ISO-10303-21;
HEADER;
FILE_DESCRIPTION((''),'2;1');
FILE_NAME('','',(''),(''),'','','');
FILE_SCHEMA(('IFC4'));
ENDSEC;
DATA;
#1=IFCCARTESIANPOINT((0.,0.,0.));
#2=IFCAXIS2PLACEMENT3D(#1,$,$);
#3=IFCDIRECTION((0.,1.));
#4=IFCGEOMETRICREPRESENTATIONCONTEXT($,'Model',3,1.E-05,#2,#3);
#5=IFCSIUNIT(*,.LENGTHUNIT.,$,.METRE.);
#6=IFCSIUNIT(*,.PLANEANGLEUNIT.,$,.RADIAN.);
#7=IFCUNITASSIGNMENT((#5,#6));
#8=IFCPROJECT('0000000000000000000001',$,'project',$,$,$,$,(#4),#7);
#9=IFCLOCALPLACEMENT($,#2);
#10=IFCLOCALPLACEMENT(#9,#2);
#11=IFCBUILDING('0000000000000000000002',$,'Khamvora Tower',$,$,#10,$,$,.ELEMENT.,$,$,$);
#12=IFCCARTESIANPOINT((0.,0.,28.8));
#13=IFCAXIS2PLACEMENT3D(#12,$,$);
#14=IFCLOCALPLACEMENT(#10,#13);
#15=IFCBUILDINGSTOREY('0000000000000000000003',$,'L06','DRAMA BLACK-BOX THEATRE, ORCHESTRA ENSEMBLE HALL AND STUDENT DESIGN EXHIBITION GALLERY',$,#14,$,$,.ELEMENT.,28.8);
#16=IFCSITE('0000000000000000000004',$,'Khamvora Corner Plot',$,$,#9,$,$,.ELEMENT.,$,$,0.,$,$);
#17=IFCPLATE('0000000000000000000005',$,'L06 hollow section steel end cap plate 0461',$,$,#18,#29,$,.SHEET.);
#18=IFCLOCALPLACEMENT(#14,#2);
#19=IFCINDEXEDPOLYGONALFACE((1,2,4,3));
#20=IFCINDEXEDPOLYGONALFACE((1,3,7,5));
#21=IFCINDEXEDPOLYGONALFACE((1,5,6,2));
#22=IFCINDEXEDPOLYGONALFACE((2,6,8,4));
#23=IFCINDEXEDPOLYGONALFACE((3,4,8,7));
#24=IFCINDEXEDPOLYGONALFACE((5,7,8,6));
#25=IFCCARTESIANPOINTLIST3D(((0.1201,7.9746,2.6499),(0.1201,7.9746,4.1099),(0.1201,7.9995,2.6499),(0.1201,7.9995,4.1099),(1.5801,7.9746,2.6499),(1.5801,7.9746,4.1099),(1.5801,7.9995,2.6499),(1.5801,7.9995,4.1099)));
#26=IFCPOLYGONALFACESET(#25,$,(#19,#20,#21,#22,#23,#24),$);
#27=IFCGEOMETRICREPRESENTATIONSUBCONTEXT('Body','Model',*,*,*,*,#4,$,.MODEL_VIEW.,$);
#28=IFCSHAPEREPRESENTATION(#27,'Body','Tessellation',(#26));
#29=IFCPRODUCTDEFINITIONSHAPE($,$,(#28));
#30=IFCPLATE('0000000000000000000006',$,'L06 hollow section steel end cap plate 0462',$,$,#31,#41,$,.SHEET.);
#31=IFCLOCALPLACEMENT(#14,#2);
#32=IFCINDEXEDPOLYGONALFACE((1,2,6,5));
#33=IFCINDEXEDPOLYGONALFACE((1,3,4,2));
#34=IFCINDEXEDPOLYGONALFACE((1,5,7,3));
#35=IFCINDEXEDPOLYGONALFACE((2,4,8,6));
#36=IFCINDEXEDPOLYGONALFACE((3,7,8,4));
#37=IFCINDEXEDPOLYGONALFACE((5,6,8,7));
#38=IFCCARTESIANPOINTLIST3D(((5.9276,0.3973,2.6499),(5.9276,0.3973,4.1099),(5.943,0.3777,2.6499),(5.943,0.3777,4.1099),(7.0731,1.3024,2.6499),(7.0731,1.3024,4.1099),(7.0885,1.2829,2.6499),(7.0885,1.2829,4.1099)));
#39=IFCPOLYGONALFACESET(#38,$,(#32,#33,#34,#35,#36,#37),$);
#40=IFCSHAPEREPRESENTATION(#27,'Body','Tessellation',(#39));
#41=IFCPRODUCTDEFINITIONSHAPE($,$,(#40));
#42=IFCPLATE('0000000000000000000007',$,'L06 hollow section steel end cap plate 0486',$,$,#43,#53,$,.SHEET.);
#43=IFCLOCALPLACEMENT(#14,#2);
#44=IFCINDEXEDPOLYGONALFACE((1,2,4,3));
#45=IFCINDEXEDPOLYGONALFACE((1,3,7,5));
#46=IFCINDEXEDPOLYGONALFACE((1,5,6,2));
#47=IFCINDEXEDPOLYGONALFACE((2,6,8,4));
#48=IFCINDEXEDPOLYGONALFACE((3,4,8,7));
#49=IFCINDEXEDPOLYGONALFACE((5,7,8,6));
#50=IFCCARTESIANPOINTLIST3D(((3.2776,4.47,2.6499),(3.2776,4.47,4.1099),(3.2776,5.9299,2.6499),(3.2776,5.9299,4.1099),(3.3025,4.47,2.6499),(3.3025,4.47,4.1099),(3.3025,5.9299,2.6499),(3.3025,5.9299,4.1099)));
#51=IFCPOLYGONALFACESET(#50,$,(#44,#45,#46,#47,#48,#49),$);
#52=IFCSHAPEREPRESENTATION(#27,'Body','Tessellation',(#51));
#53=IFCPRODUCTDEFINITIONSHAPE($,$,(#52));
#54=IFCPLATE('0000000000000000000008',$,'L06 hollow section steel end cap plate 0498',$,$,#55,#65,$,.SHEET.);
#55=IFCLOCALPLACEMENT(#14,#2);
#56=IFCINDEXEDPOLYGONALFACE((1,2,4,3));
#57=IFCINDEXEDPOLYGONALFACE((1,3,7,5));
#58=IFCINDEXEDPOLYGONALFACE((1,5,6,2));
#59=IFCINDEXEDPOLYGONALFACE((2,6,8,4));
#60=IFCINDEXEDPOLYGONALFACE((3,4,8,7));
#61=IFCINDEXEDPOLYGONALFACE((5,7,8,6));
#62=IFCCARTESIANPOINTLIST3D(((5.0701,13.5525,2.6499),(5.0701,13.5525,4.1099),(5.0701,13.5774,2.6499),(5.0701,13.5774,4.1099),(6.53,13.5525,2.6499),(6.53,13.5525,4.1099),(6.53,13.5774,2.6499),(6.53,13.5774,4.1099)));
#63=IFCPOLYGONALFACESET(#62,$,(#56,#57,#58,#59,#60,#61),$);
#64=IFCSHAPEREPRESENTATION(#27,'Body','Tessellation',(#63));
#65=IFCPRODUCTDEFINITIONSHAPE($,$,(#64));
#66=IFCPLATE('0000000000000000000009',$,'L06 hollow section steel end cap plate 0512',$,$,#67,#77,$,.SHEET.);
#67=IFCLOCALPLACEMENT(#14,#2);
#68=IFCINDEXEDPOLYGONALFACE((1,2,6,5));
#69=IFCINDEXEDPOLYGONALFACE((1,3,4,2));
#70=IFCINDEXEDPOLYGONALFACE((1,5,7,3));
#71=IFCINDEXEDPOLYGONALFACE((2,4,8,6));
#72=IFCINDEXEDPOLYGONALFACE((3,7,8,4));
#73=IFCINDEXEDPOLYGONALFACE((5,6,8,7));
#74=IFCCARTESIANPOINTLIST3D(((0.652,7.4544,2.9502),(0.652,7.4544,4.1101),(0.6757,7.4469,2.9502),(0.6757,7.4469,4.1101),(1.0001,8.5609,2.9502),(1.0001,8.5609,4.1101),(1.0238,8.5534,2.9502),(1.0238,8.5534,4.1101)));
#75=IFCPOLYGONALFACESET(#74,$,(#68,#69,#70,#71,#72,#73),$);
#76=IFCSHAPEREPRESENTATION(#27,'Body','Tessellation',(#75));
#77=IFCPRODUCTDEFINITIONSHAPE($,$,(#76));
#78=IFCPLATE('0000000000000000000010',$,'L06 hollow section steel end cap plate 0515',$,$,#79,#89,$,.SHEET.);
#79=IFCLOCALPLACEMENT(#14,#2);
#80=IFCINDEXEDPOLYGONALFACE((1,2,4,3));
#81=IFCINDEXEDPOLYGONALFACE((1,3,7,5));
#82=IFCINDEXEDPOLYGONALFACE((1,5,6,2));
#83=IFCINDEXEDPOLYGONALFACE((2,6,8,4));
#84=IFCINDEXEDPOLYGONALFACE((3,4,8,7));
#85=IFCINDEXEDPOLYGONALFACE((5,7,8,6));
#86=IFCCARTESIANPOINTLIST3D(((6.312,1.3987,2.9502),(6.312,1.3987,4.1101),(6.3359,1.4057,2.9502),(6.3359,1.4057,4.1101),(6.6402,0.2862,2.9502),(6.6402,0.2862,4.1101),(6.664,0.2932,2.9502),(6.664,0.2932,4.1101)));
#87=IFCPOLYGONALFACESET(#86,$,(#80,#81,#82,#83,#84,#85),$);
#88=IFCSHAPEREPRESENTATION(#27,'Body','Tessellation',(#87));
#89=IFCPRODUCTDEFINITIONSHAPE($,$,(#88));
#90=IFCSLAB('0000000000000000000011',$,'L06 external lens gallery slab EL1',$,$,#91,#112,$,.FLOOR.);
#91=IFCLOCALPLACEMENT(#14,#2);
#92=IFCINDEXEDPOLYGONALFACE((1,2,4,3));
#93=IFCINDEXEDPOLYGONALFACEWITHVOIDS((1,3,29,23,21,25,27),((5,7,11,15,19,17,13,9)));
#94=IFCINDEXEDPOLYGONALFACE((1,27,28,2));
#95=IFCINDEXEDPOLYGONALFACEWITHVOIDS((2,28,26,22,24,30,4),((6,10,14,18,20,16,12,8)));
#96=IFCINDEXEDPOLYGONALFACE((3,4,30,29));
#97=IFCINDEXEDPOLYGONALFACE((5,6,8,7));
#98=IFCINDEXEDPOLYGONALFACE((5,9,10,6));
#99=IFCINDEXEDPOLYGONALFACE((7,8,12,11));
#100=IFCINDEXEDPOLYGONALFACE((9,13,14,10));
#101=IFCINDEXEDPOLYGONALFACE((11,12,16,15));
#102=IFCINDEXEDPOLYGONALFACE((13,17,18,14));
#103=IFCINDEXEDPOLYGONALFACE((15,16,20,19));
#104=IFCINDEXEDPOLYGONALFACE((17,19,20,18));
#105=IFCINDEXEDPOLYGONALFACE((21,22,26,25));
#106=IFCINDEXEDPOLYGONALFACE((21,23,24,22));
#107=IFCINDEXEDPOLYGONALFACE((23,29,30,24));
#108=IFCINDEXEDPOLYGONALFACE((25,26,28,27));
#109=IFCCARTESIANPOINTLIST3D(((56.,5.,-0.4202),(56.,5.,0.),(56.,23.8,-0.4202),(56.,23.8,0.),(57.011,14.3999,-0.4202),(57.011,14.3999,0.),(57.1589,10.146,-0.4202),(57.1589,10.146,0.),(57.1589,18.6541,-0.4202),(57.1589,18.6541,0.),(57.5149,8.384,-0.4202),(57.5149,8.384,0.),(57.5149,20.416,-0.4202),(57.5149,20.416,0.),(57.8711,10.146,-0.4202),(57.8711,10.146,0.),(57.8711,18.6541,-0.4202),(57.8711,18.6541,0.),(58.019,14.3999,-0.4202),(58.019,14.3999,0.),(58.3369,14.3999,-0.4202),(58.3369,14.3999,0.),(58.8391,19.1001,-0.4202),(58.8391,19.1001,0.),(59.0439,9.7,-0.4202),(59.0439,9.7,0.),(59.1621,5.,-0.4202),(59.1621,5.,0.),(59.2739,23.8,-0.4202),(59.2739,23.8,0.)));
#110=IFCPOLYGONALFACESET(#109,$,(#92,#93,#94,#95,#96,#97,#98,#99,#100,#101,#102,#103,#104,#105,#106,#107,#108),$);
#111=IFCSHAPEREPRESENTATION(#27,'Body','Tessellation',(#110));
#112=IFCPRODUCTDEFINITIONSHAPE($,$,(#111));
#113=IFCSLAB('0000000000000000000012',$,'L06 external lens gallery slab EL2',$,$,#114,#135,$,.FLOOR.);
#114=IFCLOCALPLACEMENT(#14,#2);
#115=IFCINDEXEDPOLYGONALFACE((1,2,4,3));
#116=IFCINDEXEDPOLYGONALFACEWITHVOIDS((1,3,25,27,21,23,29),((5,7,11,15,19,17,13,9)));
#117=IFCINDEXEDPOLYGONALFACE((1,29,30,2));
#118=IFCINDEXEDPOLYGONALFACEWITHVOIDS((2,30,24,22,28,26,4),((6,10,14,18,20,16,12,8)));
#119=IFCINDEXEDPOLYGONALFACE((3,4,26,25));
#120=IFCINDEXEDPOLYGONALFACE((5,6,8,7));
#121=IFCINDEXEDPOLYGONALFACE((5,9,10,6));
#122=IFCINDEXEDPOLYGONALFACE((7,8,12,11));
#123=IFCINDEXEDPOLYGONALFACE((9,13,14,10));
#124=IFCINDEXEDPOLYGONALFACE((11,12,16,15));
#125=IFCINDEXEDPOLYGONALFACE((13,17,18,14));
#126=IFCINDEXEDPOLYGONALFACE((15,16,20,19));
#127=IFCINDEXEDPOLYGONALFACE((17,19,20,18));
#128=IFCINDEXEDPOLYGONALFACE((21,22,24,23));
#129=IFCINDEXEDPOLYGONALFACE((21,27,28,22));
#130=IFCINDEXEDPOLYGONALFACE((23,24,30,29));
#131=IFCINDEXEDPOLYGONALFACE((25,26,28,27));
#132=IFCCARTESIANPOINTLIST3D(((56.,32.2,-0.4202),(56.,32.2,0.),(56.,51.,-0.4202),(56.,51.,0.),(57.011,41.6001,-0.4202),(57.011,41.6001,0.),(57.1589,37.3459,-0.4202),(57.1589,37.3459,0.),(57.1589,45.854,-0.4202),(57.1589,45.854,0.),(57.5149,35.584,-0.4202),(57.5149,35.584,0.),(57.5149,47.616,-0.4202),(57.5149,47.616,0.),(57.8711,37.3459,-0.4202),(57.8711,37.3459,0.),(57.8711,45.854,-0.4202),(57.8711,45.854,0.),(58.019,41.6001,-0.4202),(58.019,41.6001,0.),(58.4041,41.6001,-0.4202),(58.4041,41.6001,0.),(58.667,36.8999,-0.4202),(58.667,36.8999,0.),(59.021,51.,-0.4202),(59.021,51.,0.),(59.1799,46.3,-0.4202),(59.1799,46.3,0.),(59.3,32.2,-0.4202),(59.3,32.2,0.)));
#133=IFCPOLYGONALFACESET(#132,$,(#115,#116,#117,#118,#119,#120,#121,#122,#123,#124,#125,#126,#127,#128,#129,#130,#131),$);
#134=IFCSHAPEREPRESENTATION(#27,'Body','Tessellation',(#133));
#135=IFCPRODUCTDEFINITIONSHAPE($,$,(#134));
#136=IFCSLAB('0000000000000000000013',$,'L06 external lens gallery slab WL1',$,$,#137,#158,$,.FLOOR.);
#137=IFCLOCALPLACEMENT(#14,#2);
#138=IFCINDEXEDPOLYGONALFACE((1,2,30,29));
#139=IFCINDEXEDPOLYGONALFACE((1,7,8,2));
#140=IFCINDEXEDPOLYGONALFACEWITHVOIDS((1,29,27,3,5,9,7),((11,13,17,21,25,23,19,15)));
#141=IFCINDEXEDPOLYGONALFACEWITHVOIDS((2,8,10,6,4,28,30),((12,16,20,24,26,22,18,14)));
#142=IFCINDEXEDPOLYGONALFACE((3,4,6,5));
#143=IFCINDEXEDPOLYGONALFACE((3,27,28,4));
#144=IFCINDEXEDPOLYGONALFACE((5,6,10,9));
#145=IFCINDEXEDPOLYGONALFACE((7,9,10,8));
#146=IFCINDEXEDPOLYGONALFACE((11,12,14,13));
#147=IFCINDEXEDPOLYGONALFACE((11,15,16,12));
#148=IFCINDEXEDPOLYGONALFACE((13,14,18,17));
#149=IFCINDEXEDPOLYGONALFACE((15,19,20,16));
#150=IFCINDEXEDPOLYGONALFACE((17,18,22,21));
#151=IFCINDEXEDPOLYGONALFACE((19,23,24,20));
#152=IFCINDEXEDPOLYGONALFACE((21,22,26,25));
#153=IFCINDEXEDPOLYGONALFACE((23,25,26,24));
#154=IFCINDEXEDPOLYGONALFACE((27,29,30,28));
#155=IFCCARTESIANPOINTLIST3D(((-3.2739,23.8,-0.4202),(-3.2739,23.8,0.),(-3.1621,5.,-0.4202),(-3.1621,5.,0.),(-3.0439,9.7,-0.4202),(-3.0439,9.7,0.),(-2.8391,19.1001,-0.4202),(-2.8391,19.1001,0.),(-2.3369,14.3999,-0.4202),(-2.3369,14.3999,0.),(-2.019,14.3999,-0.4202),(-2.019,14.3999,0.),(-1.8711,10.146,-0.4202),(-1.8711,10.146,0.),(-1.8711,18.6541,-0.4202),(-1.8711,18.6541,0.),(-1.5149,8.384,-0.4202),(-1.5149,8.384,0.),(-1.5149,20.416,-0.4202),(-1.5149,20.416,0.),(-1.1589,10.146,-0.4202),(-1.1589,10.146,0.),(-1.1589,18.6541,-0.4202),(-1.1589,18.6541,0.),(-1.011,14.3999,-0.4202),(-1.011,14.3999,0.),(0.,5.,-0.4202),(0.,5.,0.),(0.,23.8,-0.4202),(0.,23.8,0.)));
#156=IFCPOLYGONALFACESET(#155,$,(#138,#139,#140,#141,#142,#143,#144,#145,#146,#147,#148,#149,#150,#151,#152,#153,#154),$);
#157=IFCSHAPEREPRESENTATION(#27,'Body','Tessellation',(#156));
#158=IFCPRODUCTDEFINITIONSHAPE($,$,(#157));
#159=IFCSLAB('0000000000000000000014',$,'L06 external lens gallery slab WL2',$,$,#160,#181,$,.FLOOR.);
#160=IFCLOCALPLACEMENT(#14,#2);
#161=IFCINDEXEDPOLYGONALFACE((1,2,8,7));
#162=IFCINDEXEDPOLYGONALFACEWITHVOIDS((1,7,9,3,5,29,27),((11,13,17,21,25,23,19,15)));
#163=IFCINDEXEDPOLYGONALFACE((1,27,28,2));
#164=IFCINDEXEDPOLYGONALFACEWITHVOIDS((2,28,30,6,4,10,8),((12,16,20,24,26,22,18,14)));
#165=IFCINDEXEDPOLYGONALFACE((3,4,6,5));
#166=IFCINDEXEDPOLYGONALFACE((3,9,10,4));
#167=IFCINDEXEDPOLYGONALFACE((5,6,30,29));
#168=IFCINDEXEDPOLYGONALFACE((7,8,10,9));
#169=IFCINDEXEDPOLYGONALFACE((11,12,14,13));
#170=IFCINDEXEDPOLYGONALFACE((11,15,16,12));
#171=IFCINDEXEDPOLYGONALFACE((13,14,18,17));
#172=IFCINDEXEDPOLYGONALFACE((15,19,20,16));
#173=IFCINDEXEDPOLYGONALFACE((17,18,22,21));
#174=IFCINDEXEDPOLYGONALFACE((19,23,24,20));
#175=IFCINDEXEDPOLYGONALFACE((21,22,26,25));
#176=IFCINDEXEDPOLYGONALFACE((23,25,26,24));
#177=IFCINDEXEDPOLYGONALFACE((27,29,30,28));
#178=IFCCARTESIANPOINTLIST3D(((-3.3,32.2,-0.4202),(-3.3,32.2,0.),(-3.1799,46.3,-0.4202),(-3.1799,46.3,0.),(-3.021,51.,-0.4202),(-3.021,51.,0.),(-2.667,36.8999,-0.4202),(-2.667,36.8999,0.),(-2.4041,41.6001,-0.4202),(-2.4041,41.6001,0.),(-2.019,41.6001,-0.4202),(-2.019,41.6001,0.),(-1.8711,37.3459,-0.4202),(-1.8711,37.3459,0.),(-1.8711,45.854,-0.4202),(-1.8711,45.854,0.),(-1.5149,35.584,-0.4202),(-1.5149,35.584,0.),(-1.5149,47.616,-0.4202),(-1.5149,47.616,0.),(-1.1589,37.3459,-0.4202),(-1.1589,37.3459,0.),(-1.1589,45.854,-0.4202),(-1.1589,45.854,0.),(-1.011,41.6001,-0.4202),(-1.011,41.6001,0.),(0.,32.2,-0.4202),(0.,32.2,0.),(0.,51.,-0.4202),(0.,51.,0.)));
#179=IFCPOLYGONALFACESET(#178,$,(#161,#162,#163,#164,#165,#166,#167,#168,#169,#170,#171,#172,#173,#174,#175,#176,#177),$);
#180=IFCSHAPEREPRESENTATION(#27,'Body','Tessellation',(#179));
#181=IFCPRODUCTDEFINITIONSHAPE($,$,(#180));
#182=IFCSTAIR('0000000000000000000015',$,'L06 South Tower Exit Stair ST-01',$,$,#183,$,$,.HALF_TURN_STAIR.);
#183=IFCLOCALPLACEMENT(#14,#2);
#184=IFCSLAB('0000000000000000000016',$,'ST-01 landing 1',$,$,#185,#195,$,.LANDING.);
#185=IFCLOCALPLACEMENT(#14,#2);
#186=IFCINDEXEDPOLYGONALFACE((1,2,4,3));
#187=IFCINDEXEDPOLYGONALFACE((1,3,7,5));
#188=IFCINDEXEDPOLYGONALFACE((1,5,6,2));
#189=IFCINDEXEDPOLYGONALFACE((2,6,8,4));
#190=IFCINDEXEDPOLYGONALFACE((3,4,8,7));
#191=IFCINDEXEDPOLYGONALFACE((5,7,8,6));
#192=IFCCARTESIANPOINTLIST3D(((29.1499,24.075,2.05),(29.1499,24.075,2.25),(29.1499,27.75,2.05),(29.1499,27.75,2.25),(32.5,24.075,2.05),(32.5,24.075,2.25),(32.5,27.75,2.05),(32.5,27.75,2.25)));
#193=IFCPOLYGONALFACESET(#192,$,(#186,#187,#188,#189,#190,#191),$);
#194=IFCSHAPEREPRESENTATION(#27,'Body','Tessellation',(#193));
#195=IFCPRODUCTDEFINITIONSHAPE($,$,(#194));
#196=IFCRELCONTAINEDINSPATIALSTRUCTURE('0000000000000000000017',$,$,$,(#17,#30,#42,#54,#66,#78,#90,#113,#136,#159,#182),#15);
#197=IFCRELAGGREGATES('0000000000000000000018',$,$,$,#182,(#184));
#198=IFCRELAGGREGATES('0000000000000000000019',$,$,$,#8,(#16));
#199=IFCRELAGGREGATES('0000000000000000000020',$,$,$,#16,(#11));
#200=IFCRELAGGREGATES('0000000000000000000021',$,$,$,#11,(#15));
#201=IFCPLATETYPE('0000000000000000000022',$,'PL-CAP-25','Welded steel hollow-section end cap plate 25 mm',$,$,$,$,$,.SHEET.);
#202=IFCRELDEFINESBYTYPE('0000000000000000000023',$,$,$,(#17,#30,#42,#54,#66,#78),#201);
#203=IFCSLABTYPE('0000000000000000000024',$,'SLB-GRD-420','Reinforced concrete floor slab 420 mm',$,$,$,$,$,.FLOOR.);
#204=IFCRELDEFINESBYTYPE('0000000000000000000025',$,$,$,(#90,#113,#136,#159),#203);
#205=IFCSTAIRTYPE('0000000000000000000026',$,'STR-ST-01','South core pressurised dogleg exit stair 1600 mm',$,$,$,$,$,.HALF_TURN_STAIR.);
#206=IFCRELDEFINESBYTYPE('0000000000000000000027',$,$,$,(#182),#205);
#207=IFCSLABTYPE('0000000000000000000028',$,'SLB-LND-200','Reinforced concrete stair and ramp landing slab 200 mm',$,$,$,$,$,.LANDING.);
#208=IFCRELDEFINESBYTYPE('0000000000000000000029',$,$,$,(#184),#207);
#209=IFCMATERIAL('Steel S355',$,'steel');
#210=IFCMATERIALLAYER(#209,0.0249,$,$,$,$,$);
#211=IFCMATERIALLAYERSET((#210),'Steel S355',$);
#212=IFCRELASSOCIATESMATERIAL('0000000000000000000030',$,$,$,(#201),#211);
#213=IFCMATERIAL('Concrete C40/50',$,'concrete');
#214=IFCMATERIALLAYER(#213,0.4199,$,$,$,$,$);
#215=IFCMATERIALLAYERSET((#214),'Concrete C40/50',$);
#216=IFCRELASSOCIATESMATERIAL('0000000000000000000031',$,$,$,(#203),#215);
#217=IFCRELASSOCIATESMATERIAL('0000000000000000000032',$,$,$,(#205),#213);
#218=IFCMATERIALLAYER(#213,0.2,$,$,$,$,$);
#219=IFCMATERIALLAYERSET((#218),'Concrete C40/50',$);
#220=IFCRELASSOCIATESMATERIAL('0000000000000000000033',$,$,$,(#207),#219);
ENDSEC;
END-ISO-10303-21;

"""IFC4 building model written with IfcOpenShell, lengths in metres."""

from ifc_helpers import new_model, si_unit, direction, frame, origin, origin_2d, place, context, subcontext, project, spatial, polyline, rectangle, outline, extrude, material, layer, layer_set, type_object, element, aggregate, save


model = new_model("IFC4")

# Units and contexts
model_context = context("Model", 3, precision=1e-05, world=origin(), true_north=direction((0.0, 1.0)))
body_context = subcontext(model_context, "Body", "Model", "MODEL_VIEW")
ifc_project = project(units=[si_unit("LENGTHUNIT", "METRE"), si_unit("PLANEANGLEUNIT", "RADIAN")], contexts=[model_context])

# Site, building, storey
site_placement = place(None, origin())
site = spatial("IfcSite", under=ifc_project, at=site_placement, Name="Khamvora Corner Plot", CompositionType="ELEMENT", RefElevation=0.0)
building_placement = place(site_placement, origin())
building = spatial("IfcBuilding", under=site, at=building_placement, Name="Khamvora Tower", CompositionType="ELEMENT")
storey_placement = place(building_placement, frame((0.0, 0.0, 28.8)))
storey = spatial("IfcBuildingStorey", under=building, at=storey_placement, Name="L06", Description="DRAMA BLACK-BOX THEATRE, ORCHESTRA ENSEMBLE HALL AND STUDENT DESIGN EXHIBITION GALLERY", CompositionType="ELEMENT", Elevation=28.8)

# Plates
ifc_material_1 = material(Name="Steel S355", Category="steel")
ifc_layer_1 = layer(ifc_material_1, 0.0249)
ifc_layer_set_1 = layer_set([ifc_layer_1], Name="Steel S355")
plate_type = type_object("IfcPlateType", Name="PL-CAP-25", Description="Welded steel hollow-section end cap plate 25 mm", PredefinedType="SHEET", material=ifc_layer_set_1)
for number, where, z_axis, x_axis, name in (
    (1, (0.8501, 7.9871, 2.6499), (0.0, 0.0, 1.0), (0.0, -1.0, 0.0), "L06 hollow section steel end cap plate 0461"),
    (2, (6.5081, 0.8401, 2.6499), (0.0, 0.0, 1.0), (0.619998, -0.784603, 0.0), "L06 hollow section steel end cap plate 0462"),
    (3, (3.29, 5.2, 2.6499), (0.0, 0.0, 1.0), (1.0, 0.0, 0.0), "L06 hollow section steel end cap plate 0486"),
    (4, (5.8, 13.5649, 2.6499), (0.0, 0.0, 1.0), (0.0, 1.0, 0.0), "L06 hollow section steel end cap plate 0498"),
):
    element("IfcPlate", number, at=place(storey_placement, frame(where, z_axis=z_axis, x_axis=x_axis)), inside=storey, type_object=plate_type, Name=name, PredefinedType="SHEET", context=body_context, shape_type="SweptSolid", body=[
        extrude(rectangle(XDim=0.0249, YDim=1.46, at=origin_2d()), origin(), (0.0, 0.0, 1.0), 1.46),
    ])
for number, where, z_axis, x_axis, name in (
    (5, (0.8379, 8.0039, 2.9502), (0.0, 0.0, 1.0), (0.953906, -0.300107, 0.0), "L06 hollow section steel end cap plate 0512"),
    (6, (6.488, 0.8459, 2.9502), (0.0, 0.0, 1.0), (0.959156, 0.282877, 0.0), "L06 hollow section steel end cap plate 0515"),
):
    element("IfcPlate", number, at=place(storey_placement, frame(where, z_axis=z_axis, x_axis=x_axis)), inside=storey, type_object=plate_type, Name=name, PredefinedType="SHEET", context=body_context, shape_type="SweptSolid", body=[
        extrude(rectangle(XDim=0.0249, YDim=1.1599, at=origin_2d()), origin(), (0.0, 0.0, 1.0), 1.1599),
    ])

# Slabs
ifc_material_2 = material(Name="Concrete C40/50", Category="concrete")
ifc_layer_2 = layer(ifc_material_2, 0.4199)
ifc_layer_set_2 = layer_set([ifc_layer_2], Name="Concrete C40/50")
slab_type_1 = type_object("IfcSlabType", Name="SLB-GRD-420", Description="Reinforced concrete floor slab 420 mm", PredefinedType="FLOOR", material=ifc_layer_set_2)
slab_1_placement = place(storey_placement, frame((0.0, 0.0, -0.4202)))
element("IfcSlab", 7, at=slab_1_placement, inside=storey, type_object=slab_type_1, Name="L06 external lens gallery slab EL1", PredefinedType="FLOOR", context=body_context, shape_type="SweptSolid", body=[
    extrude(outline(polyline([(59.1621, 5.0), (59.0439, 9.7), (58.3369, 14.3999), (58.8391, 19.1001), (59.2739, 23.8), (56.0, 23.8), (56.0, 5.0), (59.1621, 5.0)]), holes=[polyline([(58.019, 14.3999), (57.8711, 18.6541), (57.5149, 20.416), (57.1589, 18.6541), (57.011, 14.3999), (57.1589, 10.146), (57.5149, 8.384), (57.8711, 10.146), (58.019, 14.3999)])]), origin(), (0.0, 0.0, 1.0), 0.4202),
])
slab_2_placement = place(storey_placement, frame((0.0, 0.0, -0.4202)))
element("IfcSlab", 8, at=slab_2_placement, inside=storey, type_object=slab_type_1, Name="L06 external lens gallery slab EL2", PredefinedType="FLOOR", context=body_context, shape_type="SweptSolid", body=[
    extrude(outline(polyline([(59.3, 32.2), (58.667, 36.8999), (58.4041, 41.6001), (59.1799, 46.3), (59.021, 51.0), (56.0, 51.0), (56.0, 32.2), (59.3, 32.2)]), holes=[polyline([(58.019, 41.6001), (57.8711, 45.854), (57.5149, 47.616), (57.1589, 45.854), (57.011, 41.6001), (57.1589, 37.3459), (57.5149, 35.584), (57.8711, 37.3459), (58.019, 41.6001)])]), origin(), (0.0, 0.0, 1.0), 0.4202),
])
slab_3_placement = place(storey_placement, frame((0.0, 0.0, -0.4202)))
element("IfcSlab", 9, at=slab_3_placement, inside=storey, type_object=slab_type_1, Name="L06 external lens gallery slab WL1", PredefinedType="FLOOR", context=body_context, shape_type="SweptSolid", body=[
    extrude(outline(polyline([(0.0, 5.0), (0.0, 23.8), (-3.2739, 23.8), (-2.8391, 19.1001), (-2.3369, 14.3999), (-3.0439, 9.7), (-3.1621, 5.0), (0.0, 5.0)]), holes=[polyline([(-1.011, 14.3999), (-1.1589, 18.6541), (-1.5149, 20.416), (-1.8711, 18.6541), (-2.019, 14.3999), (-1.8711, 10.146), (-1.5149, 8.384), (-1.1589, 10.146), (-1.011, 14.3999)])]), origin(), (0.0, 0.0, 1.0), 0.4202),
])
slab_4_placement = place(storey_placement, frame((0.0, 0.0, -0.4202)))
element("IfcSlab", 10, at=slab_4_placement, inside=storey, type_object=slab_type_1, Name="L06 external lens gallery slab WL2", PredefinedType="FLOOR", context=body_context, shape_type="SweptSolid", body=[
    extrude(outline(polyline([(0.0, 32.2), (0.0, 51.0), (-3.021, 51.0), (-3.1799, 46.3), (-2.4041, 41.6001), (-2.667, 36.8999), (-3.3, 32.2), (0.0, 32.2)]), holes=[polyline([(-1.011, 41.6001), (-1.1589, 45.854), (-1.5149, 47.616), (-1.8711, 45.854), (-2.019, 41.6001), (-1.8711, 37.3459), (-1.5149, 35.584), (-1.1589, 37.3459), (-1.011, 41.6001)])]), origin(), (0.0, 0.0, 1.0), 0.4202),
])

# Stair, slab
stair_type_1 = type_object("IfcStairType", Name="STR-ST-01", Description="South core pressurised dogleg exit stair 1600 mm", PredefinedType="HALF_TURN_STAIR", material=ifc_material_2)
stair_1_placement = place(storey_placement, origin())
stair_1 = element("IfcStair", 11, at=stair_1_placement, inside=storey, type_object=stair_type_1, Name="L06 South Tower Exit Stair ST-01", PredefinedType="HALF_TURN_STAIR")
ifc_layer_3 = layer(ifc_material_2, 0.2)
ifc_layer_set_3 = layer_set([ifc_layer_3], Name="Concrete C40/50")
slab_type_2 = type_object("IfcSlabType", Name="SLB-LND-200", Description="Reinforced concrete stair and ramp landing slab 200 mm", PredefinedType="LANDING", material=ifc_layer_set_3)
slab_5_placement = place(storey_placement, frame((0.0, 0.0, 2.05)))
slab_5 = element("IfcSlab", 12, at=slab_5_placement, type_object=slab_type_2, Name="ST-01 landing 1", PredefinedType="LANDING", context=body_context, shape_type="SweptSolid", body=[
    extrude(outline(polyline([(32.5, 24.075), (32.5, 27.75), (29.1499, 27.75), (29.1499, 24.075), (32.5, 24.075)])), origin(), (0.0, 0.0, 1.0), 0.2),
])
aggregate(stair_1, [slab_5])

save(model, "model.ifc")
